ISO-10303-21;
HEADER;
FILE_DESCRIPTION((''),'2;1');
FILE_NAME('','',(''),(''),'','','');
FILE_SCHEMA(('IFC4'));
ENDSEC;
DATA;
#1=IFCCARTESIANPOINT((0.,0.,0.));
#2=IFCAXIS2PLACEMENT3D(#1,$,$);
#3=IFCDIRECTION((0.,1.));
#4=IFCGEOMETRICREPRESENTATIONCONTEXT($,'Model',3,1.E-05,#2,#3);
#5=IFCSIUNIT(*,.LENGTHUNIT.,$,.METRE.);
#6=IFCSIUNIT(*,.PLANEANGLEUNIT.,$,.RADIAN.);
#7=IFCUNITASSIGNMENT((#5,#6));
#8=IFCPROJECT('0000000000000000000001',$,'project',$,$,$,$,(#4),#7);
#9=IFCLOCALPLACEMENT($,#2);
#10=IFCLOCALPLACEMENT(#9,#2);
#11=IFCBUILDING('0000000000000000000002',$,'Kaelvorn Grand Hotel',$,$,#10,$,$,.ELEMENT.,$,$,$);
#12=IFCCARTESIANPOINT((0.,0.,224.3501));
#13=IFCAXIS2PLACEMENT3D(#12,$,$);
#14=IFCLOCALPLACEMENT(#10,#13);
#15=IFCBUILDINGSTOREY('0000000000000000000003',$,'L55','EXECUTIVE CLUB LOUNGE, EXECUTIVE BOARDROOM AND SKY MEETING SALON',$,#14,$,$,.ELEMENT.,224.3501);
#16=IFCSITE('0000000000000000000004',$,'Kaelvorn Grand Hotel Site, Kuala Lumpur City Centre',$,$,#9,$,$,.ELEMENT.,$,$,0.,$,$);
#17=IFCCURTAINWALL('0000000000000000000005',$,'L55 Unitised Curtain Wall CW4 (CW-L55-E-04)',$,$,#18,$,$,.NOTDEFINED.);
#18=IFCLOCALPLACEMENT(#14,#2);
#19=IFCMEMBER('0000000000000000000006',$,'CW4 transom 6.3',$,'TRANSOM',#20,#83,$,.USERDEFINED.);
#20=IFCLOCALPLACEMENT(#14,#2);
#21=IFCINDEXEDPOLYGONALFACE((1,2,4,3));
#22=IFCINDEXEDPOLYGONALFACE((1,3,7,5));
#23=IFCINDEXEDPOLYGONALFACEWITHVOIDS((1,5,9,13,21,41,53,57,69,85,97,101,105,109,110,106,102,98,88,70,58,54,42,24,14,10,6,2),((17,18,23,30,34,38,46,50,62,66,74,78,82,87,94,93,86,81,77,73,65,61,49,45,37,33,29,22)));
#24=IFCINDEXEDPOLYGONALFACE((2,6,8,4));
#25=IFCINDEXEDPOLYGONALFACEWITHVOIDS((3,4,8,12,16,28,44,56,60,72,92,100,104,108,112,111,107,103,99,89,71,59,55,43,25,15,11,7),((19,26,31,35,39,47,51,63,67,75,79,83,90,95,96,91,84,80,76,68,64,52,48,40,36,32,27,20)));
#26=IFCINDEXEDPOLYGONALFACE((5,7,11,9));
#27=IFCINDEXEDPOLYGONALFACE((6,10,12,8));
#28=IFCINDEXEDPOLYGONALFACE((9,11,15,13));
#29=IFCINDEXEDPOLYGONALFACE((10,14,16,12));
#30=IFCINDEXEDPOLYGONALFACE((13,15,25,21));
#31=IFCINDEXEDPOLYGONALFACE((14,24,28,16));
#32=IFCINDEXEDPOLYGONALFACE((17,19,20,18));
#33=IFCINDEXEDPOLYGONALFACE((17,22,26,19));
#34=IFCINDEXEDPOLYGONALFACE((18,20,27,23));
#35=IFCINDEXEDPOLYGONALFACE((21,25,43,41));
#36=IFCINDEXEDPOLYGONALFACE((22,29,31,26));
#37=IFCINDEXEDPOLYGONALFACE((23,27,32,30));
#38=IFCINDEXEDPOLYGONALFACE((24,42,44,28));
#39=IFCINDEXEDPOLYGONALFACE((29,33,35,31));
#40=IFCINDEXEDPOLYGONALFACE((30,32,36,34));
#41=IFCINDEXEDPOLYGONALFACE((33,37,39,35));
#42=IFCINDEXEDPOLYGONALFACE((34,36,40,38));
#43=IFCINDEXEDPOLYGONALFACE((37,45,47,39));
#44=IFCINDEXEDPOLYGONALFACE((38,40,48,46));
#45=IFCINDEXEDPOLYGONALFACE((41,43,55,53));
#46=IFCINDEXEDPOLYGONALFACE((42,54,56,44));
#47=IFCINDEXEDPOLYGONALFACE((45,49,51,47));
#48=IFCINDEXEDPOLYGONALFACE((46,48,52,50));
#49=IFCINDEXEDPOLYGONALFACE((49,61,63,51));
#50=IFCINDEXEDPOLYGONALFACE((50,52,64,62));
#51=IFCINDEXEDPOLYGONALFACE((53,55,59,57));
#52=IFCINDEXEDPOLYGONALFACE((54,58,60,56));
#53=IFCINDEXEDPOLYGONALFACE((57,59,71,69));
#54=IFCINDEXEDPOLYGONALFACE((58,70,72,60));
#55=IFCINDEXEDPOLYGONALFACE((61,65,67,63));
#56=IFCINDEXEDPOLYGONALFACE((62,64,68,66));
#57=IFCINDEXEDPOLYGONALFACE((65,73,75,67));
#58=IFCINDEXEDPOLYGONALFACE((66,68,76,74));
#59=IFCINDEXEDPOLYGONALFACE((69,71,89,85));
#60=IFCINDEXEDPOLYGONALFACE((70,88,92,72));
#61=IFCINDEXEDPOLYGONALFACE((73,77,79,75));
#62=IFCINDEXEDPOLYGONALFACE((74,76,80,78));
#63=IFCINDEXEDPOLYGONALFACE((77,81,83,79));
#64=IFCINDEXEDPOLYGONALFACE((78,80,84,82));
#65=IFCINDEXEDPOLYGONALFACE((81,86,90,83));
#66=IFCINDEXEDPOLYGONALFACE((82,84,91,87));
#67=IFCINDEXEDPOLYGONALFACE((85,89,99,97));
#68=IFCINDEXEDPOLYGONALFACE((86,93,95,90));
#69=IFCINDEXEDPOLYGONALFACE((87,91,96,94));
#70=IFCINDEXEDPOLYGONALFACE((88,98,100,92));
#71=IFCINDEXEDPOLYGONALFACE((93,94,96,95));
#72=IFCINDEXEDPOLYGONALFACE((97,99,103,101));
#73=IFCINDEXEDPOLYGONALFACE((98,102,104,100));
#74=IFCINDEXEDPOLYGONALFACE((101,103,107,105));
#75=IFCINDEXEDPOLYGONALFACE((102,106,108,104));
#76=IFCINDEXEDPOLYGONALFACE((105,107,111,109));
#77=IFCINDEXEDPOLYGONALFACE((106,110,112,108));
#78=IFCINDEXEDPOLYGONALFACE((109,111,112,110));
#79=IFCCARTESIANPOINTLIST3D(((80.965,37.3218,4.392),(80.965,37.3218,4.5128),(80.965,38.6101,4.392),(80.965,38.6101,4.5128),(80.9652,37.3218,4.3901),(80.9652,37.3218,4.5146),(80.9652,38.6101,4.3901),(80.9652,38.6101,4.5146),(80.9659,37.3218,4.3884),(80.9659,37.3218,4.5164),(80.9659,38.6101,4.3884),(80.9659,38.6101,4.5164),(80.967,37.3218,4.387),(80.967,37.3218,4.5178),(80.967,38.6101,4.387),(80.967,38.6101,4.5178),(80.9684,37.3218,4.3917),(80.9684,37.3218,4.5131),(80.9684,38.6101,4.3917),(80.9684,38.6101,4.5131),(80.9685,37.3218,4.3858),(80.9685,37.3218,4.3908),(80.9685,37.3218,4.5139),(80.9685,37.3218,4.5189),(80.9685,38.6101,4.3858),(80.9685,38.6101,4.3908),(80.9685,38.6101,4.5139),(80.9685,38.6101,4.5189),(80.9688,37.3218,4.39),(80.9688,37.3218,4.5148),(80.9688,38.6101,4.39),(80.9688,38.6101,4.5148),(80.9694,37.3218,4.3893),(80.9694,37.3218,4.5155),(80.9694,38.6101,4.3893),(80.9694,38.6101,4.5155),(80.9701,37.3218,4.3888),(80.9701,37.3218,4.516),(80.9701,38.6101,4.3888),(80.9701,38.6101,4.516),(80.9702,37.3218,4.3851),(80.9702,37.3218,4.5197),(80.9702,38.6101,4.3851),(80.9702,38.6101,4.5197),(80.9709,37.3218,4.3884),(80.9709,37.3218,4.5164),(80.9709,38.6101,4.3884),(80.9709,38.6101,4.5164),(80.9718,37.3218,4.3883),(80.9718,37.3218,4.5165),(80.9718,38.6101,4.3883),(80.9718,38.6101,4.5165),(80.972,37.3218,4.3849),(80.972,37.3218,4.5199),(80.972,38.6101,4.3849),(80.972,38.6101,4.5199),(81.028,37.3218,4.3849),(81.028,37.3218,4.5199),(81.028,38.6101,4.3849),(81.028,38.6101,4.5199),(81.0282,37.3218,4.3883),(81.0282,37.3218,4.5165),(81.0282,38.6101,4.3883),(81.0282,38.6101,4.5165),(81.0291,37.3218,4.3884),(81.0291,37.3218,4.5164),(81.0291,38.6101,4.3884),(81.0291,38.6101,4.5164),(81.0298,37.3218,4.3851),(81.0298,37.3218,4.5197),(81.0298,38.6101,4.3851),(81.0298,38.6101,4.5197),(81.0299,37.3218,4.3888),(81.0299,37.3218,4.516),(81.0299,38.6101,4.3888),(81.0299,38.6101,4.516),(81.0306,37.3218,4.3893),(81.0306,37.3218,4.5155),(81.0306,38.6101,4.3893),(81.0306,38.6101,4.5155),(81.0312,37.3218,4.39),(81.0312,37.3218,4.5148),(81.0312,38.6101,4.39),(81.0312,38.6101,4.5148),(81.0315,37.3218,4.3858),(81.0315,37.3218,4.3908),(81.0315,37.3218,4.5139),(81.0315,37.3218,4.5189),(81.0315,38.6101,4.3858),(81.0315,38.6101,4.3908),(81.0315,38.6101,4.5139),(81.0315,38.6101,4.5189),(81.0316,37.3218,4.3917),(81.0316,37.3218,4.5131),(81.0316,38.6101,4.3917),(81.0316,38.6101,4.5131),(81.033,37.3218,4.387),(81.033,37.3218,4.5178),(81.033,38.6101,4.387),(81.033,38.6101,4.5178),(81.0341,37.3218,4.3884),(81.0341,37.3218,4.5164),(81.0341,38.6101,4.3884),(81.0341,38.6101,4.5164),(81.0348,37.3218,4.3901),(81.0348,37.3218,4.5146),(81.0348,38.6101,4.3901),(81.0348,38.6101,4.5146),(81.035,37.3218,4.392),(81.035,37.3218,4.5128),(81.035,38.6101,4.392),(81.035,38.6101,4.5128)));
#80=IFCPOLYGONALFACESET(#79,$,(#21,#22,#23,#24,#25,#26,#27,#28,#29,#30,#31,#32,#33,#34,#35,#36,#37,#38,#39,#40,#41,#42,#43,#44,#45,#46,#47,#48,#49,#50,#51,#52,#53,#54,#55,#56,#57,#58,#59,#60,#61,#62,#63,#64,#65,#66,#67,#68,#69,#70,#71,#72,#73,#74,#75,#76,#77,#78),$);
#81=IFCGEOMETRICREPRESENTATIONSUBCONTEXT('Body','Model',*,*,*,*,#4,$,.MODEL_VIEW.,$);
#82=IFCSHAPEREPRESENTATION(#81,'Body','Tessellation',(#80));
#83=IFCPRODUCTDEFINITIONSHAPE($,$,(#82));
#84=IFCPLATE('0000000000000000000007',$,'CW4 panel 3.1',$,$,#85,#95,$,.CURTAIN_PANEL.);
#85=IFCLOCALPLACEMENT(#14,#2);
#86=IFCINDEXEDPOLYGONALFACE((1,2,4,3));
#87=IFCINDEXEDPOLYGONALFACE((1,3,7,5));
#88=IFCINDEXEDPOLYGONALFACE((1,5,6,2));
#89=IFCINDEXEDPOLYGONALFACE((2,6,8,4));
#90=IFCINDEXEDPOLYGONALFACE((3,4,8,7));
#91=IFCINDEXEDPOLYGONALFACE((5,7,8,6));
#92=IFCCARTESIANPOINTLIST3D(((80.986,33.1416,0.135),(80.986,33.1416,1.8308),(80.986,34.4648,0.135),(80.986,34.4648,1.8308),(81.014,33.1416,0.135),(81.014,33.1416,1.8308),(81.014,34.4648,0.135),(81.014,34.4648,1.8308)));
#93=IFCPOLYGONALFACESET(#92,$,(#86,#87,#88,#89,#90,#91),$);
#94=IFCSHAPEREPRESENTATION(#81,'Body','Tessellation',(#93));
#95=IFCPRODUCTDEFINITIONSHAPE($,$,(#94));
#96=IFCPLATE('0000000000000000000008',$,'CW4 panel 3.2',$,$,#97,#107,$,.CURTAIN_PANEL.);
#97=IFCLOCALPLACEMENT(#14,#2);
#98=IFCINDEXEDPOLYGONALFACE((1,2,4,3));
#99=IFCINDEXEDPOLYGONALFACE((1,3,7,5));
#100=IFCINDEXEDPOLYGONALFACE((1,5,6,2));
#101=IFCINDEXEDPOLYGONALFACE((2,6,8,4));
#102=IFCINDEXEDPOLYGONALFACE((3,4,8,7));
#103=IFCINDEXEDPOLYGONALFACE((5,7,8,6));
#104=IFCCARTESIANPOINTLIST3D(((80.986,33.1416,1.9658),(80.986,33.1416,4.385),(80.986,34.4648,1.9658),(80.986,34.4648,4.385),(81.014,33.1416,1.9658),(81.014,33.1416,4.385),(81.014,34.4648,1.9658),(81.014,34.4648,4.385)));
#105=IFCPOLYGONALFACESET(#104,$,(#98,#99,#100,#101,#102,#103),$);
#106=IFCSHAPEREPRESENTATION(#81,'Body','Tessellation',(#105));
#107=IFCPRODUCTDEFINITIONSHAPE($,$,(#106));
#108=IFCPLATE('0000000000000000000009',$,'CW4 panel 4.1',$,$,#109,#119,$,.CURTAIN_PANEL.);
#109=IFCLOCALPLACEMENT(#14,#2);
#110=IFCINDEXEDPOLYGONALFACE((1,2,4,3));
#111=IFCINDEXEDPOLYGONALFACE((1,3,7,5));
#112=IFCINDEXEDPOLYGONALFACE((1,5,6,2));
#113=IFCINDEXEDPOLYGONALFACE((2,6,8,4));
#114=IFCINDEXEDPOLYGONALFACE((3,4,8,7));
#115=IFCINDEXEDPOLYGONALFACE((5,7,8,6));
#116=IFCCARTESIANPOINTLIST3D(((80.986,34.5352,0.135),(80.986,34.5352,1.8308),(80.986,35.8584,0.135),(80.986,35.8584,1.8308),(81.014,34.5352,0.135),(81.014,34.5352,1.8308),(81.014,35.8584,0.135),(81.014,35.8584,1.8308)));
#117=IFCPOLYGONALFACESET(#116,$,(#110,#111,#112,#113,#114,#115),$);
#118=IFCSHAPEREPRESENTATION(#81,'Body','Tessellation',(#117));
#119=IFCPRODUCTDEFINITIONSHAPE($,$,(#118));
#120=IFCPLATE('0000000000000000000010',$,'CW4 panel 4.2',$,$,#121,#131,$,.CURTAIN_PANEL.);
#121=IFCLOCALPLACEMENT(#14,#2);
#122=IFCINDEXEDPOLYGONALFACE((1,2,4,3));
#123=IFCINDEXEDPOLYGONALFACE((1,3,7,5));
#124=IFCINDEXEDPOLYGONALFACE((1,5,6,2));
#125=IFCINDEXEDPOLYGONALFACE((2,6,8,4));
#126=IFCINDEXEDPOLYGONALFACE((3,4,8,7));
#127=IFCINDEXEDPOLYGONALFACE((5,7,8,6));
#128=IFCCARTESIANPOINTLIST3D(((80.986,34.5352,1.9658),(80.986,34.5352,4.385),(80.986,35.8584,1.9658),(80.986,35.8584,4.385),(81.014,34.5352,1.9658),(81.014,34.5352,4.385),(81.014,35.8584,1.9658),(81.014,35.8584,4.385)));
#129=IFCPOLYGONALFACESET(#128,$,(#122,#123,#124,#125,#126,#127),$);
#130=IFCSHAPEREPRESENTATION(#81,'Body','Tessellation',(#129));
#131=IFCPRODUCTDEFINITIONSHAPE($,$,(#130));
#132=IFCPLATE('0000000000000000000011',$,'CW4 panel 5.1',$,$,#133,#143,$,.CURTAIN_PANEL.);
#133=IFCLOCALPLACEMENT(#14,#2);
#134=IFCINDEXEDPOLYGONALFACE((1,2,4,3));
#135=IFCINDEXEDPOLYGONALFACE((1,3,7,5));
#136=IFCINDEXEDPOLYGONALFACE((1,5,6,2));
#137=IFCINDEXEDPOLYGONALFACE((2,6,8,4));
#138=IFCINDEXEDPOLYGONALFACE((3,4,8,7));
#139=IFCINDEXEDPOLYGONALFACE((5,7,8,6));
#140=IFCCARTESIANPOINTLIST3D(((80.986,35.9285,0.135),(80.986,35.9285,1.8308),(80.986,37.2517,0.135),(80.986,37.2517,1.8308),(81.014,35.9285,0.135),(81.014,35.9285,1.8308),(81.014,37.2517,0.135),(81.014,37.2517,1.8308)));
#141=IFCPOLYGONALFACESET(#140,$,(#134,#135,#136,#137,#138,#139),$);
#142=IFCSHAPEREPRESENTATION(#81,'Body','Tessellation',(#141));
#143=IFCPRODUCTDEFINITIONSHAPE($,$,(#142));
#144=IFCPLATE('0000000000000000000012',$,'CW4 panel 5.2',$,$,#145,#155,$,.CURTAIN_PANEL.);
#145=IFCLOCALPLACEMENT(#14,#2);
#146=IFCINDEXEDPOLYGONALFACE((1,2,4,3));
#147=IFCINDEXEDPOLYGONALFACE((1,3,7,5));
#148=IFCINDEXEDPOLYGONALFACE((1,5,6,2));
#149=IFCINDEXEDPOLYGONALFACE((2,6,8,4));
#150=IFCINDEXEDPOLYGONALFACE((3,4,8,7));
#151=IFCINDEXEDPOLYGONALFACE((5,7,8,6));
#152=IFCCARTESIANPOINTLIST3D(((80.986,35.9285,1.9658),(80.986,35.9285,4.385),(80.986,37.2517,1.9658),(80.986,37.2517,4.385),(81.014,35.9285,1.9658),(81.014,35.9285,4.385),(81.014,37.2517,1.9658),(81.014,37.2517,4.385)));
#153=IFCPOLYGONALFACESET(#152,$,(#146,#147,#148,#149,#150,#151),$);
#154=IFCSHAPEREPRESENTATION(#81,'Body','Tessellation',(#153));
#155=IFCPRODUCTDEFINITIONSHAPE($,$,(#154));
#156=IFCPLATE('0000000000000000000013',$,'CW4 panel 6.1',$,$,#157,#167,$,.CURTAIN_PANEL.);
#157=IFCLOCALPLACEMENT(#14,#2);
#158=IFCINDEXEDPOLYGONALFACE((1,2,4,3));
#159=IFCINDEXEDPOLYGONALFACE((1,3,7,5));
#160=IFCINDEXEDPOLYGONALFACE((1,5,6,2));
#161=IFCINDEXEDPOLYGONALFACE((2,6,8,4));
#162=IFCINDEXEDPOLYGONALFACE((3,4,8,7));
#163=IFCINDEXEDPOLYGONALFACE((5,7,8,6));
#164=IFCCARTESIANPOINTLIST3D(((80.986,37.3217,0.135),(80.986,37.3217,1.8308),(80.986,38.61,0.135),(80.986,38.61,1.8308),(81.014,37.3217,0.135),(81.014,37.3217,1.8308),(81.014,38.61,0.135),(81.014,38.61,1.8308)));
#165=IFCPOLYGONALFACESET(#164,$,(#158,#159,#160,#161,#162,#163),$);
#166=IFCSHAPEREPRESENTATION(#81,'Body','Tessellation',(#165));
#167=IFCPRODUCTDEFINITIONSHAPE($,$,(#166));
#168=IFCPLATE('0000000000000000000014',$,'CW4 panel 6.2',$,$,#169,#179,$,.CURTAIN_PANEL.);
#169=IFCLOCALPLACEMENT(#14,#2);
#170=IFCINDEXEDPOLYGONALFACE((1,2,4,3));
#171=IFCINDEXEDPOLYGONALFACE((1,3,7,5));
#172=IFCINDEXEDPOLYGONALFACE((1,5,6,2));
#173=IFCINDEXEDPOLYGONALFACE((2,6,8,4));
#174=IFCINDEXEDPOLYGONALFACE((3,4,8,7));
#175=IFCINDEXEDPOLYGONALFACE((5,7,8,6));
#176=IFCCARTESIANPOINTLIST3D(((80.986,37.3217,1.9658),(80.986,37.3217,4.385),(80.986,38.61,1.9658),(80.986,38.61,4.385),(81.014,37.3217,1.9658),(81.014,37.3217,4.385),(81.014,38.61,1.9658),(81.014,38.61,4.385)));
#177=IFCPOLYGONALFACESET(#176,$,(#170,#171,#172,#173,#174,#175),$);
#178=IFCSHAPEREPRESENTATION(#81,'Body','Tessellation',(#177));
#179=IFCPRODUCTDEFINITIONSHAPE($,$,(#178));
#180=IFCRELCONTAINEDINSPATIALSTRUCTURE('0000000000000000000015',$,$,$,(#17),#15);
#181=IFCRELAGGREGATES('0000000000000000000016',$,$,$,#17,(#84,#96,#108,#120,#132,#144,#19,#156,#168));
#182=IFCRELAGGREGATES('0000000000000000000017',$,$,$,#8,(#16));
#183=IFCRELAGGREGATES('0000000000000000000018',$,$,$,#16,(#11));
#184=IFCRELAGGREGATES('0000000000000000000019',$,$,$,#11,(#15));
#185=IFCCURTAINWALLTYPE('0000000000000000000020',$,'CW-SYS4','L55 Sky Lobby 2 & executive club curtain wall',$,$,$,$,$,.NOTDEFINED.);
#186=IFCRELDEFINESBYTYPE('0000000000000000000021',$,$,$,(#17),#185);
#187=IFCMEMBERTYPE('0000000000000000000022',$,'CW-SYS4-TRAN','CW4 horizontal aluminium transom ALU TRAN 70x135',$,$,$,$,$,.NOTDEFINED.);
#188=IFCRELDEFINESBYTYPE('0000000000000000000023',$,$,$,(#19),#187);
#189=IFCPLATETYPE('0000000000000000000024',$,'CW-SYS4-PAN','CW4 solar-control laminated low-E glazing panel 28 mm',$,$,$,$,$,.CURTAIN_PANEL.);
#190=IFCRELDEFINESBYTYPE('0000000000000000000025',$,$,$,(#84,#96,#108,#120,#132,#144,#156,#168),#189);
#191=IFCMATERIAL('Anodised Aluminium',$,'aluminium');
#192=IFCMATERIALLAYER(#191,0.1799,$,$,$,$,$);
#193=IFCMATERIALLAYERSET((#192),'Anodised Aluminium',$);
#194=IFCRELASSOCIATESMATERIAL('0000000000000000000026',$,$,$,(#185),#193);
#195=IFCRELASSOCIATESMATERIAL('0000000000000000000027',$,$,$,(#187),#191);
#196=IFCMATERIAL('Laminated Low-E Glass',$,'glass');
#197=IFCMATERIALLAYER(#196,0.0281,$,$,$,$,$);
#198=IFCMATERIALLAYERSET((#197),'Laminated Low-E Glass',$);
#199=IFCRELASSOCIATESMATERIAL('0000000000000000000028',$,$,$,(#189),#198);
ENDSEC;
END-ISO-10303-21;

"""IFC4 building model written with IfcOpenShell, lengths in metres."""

from ifc_helpers import new_model, si_unit, direction, frame, origin, origin_2d, place, context, subcontext, project, spatial, rectangle, hollow_rectangle, extrude, material, layer, layer_set, material_profile, profile_set, type_object, element, aggregate, save


model = new_model("IFC4")

# Units and contexts
model_context = context("Model", 3, precision=1e-05, world=origin(), true_north=direction((0.0, 1.0)))
body_context = subcontext(model_context, "Body", "Model", "MODEL_VIEW")
ifc_project = project(units=[si_unit("LENGTHUNIT", "METRE"), si_unit("PLANEANGLEUNIT", "RADIAN")], contexts=[model_context])

# Site, building, storey
site_placement = place(None, origin())
site = spatial("IfcSite", under=ifc_project, at=site_placement, Name="Kaelvorn Grand Hotel Site, Kuala Lumpur City Centre", CompositionType="ELEMENT", RefElevation=0.0)
building_placement = place(site_placement, origin())
building = spatial("IfcBuilding", under=site, at=building_placement, Name="Kaelvorn Grand Hotel", CompositionType="ELEMENT")
storey_placement = place(building_placement, frame((0.0, 0.0, 224.3501)))
storey = spatial("IfcBuildingStorey", under=building, at=storey_placement, Name="L55", Description="EXECUTIVE CLUB LOUNGE, EXECUTIVE BOARDROOM AND SKY MEETING SALON", CompositionType="ELEMENT", Elevation=224.3501)

# Curtain wall, member, plates
ifc_material_1 = material(Name="Anodised Aluminium", Category="aluminium")
ifc_layer_1 = layer(ifc_material_1, 0.1799)
ifc_layer_set_1 = layer_set([ifc_layer_1], Name="Anodised Aluminium")
curtain_wall_type = type_object("IfcCurtainWallType", Name="CW-SYS4", Description="L55 Sky Lobby 2 & executive club curtain wall", PredefinedType="NOTDEFINED", material=ifc_layer_set_1)
curtain_wall_placement = place(storey_placement, origin())
curtain_wall = element("IfcCurtainWall", 1, at=curtain_wall_placement, inside=storey, type_object=curtain_wall_type, Name="L55 Unitised Curtain Wall CW4 (CW-L55-E-04)", PredefinedType="NOTDEFINED")
ifc_material_profile_1 = material_profile(ifc_material_1, hollow_rectangle(XDim=0.0701, YDim=0.135, WallThickness=0.0034, InnerFilletRadius=0.0034, OuterFilletRadius=0.0071, at=origin_2d()), Name="ALU TRAN 70x135")
ifc_profile_set_1 = profile_set([ifc_material_profile_1], Name="Anodised Aluminium")
member_type_1 = type_object("IfcMemberType", Name="CW-SYS4-TRAN", Description="CW4 horizontal aluminium transom ALU TRAN 70x135", PredefinedType="NOTDEFINED", material=ifc_profile_set_1)
member_1_placement = place(storey_placement, frame((81.0, 37.3218, 4.4524), z_axis=(0.0, 1.0, 0.0), x_axis=(-1.0, 0.0, 0.0)))
member_1 = element("IfcMember", 2, at=member_1_placement, type_object=member_type_1, Name="CW4 transom 6.3", ObjectType="TRANSOM", PredefinedType="USERDEFINED", context=body_context, shape_type="SweptSolid", body=[
    extrude(hollow_rectangle(XDim=0.0701, YDim=0.135, WallThickness=0.0034, InnerFilletRadius=0.0034, OuterFilletRadius=0.0071, at=origin_2d()), origin(), (0.0, 0.0, 1.0), 1.2883),
])
ifc_material_2 = material(Name="Laminated Low-E Glass", Category="glass")
ifc_layer_2 = layer(ifc_material_2, 0.0281)
ifc_layer_set_2 = layer_set([ifc_layer_2], Name="Laminated Low-E Glass")
plate_type = type_object("IfcPlateType", Name="CW-SYS4-PAN", Description="CW4 solar-control laminated low-E glazing panel 28 mm", PredefinedType="CURTAIN_PANEL", material=ifc_layer_set_2)
plate_1_placement = place(storey_placement, frame((81.0, 33.8032, 0.135), z_axis=(0.0, 0.0, 1.0), x_axis=(0.0, 1.0, 0.0)))
plate_1 = element("IfcPlate", 3, at=plate_1_placement, type_object=plate_type, Name="CW4 panel 3.1", PredefinedType="CURTAIN_PANEL", context=body_context, shape_type="SweptSolid", body=[
    extrude(rectangle(XDim=1.3232, YDim=0.0281, at=origin_2d()), origin(), (0.0, 0.0, 1.0), 1.6958),
])
plate_2_placement = place(storey_placement, frame((81.0, 33.8032, 1.9658), z_axis=(0.0, 0.0, 1.0), x_axis=(0.0, 1.0, 0.0)))
plate_2 = element("IfcPlate", 4, at=plate_2_placement, type_object=plate_type, Name="CW4 panel 3.2", PredefinedType="CURTAIN_PANEL", context=body_context, shape_type="SweptSolid", body=[
    extrude(rectangle(XDim=1.3232, YDim=0.0281, at=origin_2d()), origin(), (0.0, 0.0, 1.0), 2.4192),
])
plate_3_placement = place(storey_placement, frame((81.0, 35.1968, 0.135), z_axis=(0.0, 0.0, 1.0), x_axis=(0.0, 1.0, 0.0)))
plate_3 = element("IfcPlate", 5, at=plate_3_placement, type_object=plate_type, Name="CW4 panel 4.1", PredefinedType="CURTAIN_PANEL", context=body_context, shape_type="SweptSolid", body=[
    extrude(rectangle(XDim=1.3232, YDim=0.0281, at=origin_2d()), origin(), (0.0, 0.0, 1.0), 1.6958),
])
plate_4_placement = place(storey_placement, frame((81.0, 35.1968, 1.9658), z_axis=(0.0, 0.0, 1.0), x_axis=(0.0, 1.0, 0.0)))
plate_4 = element("IfcPlate", 6, at=plate_4_placement, type_object=plate_type, Name="CW4 panel 4.2", PredefinedType="CURTAIN_PANEL", context=body_context, shape_type="SweptSolid", body=[
    extrude(rectangle(XDim=1.3232, YDim=0.0281, at=origin_2d()), origin(), (0.0, 0.0, 1.0), 2.4192),
])
plate_5_placement = place(storey_placement, frame((81.0, 36.5901, 0.135), z_axis=(0.0, 0.0, 1.0), x_axis=(0.0, 1.0, 0.0)))
plate_5 = element("IfcPlate", 7, at=plate_5_placement, type_object=plate_type, Name="CW4 panel 5.1", PredefinedType="CURTAIN_PANEL", context=body_context, shape_type="SweptSolid", body=[
    extrude(rectangle(XDim=1.3232, YDim=0.0281, at=origin_2d()), origin(), (0.0, 0.0, 1.0), 1.6958),
])
plate_6_placement = place(storey_placement, frame((81.0, 36.5901, 1.9658), z_axis=(0.0, 0.0, 1.0), x_axis=(0.0, 1.0, 0.0)))
plate_6 = element("IfcPlate", 8, at=plate_6_placement, type_object=plate_type, Name="CW4 panel 5.2", PredefinedType="CURTAIN_PANEL", context=body_context, shape_type="SweptSolid", body=[
    extrude(rectangle(XDim=1.3232, YDim=0.0281, at=origin_2d()), origin(), (0.0, 0.0, 1.0), 2.4192),
])
plate_7_placement = place(storey_placement, frame((81.0, 37.9658, 0.135), z_axis=(0.0, 0.0, 1.0), x_axis=(0.0, 1.0, 0.0)))
plate_7 = element("IfcPlate", 9, at=plate_7_placement, type_object=plate_type, Name="CW4 panel 6.1", PredefinedType="CURTAIN_PANEL", context=body_context, shape_type="SweptSolid", body=[
    extrude(rectangle(XDim=1.2883, YDim=0.0281, at=origin_2d()), origin(), (0.0, 0.0, 1.0), 1.6958),
])
plate_8_placement = place(storey_placement, frame((81.0, 37.9658, 1.9658), z_axis=(0.0, 0.0, 1.0), x_axis=(0.0, 1.0, 0.0)))
plate_8 = element("IfcPlate", 10, at=plate_8_placement, type_object=plate_type, Name="CW4 panel 6.2", PredefinedType="CURTAIN_PANEL", context=body_context, shape_type="SweptSolid", body=[
    extrude(rectangle(XDim=1.2883, YDim=0.0281, at=origin_2d()), origin(), (0.0, 0.0, 1.0), 2.4192),
])
aggregate(curtain_wall, [plate_1, plate_2, plate_3, plate_4, plate_5, plate_6, member_1, plate_7, plate_8])

save(model, "model.ifc")
